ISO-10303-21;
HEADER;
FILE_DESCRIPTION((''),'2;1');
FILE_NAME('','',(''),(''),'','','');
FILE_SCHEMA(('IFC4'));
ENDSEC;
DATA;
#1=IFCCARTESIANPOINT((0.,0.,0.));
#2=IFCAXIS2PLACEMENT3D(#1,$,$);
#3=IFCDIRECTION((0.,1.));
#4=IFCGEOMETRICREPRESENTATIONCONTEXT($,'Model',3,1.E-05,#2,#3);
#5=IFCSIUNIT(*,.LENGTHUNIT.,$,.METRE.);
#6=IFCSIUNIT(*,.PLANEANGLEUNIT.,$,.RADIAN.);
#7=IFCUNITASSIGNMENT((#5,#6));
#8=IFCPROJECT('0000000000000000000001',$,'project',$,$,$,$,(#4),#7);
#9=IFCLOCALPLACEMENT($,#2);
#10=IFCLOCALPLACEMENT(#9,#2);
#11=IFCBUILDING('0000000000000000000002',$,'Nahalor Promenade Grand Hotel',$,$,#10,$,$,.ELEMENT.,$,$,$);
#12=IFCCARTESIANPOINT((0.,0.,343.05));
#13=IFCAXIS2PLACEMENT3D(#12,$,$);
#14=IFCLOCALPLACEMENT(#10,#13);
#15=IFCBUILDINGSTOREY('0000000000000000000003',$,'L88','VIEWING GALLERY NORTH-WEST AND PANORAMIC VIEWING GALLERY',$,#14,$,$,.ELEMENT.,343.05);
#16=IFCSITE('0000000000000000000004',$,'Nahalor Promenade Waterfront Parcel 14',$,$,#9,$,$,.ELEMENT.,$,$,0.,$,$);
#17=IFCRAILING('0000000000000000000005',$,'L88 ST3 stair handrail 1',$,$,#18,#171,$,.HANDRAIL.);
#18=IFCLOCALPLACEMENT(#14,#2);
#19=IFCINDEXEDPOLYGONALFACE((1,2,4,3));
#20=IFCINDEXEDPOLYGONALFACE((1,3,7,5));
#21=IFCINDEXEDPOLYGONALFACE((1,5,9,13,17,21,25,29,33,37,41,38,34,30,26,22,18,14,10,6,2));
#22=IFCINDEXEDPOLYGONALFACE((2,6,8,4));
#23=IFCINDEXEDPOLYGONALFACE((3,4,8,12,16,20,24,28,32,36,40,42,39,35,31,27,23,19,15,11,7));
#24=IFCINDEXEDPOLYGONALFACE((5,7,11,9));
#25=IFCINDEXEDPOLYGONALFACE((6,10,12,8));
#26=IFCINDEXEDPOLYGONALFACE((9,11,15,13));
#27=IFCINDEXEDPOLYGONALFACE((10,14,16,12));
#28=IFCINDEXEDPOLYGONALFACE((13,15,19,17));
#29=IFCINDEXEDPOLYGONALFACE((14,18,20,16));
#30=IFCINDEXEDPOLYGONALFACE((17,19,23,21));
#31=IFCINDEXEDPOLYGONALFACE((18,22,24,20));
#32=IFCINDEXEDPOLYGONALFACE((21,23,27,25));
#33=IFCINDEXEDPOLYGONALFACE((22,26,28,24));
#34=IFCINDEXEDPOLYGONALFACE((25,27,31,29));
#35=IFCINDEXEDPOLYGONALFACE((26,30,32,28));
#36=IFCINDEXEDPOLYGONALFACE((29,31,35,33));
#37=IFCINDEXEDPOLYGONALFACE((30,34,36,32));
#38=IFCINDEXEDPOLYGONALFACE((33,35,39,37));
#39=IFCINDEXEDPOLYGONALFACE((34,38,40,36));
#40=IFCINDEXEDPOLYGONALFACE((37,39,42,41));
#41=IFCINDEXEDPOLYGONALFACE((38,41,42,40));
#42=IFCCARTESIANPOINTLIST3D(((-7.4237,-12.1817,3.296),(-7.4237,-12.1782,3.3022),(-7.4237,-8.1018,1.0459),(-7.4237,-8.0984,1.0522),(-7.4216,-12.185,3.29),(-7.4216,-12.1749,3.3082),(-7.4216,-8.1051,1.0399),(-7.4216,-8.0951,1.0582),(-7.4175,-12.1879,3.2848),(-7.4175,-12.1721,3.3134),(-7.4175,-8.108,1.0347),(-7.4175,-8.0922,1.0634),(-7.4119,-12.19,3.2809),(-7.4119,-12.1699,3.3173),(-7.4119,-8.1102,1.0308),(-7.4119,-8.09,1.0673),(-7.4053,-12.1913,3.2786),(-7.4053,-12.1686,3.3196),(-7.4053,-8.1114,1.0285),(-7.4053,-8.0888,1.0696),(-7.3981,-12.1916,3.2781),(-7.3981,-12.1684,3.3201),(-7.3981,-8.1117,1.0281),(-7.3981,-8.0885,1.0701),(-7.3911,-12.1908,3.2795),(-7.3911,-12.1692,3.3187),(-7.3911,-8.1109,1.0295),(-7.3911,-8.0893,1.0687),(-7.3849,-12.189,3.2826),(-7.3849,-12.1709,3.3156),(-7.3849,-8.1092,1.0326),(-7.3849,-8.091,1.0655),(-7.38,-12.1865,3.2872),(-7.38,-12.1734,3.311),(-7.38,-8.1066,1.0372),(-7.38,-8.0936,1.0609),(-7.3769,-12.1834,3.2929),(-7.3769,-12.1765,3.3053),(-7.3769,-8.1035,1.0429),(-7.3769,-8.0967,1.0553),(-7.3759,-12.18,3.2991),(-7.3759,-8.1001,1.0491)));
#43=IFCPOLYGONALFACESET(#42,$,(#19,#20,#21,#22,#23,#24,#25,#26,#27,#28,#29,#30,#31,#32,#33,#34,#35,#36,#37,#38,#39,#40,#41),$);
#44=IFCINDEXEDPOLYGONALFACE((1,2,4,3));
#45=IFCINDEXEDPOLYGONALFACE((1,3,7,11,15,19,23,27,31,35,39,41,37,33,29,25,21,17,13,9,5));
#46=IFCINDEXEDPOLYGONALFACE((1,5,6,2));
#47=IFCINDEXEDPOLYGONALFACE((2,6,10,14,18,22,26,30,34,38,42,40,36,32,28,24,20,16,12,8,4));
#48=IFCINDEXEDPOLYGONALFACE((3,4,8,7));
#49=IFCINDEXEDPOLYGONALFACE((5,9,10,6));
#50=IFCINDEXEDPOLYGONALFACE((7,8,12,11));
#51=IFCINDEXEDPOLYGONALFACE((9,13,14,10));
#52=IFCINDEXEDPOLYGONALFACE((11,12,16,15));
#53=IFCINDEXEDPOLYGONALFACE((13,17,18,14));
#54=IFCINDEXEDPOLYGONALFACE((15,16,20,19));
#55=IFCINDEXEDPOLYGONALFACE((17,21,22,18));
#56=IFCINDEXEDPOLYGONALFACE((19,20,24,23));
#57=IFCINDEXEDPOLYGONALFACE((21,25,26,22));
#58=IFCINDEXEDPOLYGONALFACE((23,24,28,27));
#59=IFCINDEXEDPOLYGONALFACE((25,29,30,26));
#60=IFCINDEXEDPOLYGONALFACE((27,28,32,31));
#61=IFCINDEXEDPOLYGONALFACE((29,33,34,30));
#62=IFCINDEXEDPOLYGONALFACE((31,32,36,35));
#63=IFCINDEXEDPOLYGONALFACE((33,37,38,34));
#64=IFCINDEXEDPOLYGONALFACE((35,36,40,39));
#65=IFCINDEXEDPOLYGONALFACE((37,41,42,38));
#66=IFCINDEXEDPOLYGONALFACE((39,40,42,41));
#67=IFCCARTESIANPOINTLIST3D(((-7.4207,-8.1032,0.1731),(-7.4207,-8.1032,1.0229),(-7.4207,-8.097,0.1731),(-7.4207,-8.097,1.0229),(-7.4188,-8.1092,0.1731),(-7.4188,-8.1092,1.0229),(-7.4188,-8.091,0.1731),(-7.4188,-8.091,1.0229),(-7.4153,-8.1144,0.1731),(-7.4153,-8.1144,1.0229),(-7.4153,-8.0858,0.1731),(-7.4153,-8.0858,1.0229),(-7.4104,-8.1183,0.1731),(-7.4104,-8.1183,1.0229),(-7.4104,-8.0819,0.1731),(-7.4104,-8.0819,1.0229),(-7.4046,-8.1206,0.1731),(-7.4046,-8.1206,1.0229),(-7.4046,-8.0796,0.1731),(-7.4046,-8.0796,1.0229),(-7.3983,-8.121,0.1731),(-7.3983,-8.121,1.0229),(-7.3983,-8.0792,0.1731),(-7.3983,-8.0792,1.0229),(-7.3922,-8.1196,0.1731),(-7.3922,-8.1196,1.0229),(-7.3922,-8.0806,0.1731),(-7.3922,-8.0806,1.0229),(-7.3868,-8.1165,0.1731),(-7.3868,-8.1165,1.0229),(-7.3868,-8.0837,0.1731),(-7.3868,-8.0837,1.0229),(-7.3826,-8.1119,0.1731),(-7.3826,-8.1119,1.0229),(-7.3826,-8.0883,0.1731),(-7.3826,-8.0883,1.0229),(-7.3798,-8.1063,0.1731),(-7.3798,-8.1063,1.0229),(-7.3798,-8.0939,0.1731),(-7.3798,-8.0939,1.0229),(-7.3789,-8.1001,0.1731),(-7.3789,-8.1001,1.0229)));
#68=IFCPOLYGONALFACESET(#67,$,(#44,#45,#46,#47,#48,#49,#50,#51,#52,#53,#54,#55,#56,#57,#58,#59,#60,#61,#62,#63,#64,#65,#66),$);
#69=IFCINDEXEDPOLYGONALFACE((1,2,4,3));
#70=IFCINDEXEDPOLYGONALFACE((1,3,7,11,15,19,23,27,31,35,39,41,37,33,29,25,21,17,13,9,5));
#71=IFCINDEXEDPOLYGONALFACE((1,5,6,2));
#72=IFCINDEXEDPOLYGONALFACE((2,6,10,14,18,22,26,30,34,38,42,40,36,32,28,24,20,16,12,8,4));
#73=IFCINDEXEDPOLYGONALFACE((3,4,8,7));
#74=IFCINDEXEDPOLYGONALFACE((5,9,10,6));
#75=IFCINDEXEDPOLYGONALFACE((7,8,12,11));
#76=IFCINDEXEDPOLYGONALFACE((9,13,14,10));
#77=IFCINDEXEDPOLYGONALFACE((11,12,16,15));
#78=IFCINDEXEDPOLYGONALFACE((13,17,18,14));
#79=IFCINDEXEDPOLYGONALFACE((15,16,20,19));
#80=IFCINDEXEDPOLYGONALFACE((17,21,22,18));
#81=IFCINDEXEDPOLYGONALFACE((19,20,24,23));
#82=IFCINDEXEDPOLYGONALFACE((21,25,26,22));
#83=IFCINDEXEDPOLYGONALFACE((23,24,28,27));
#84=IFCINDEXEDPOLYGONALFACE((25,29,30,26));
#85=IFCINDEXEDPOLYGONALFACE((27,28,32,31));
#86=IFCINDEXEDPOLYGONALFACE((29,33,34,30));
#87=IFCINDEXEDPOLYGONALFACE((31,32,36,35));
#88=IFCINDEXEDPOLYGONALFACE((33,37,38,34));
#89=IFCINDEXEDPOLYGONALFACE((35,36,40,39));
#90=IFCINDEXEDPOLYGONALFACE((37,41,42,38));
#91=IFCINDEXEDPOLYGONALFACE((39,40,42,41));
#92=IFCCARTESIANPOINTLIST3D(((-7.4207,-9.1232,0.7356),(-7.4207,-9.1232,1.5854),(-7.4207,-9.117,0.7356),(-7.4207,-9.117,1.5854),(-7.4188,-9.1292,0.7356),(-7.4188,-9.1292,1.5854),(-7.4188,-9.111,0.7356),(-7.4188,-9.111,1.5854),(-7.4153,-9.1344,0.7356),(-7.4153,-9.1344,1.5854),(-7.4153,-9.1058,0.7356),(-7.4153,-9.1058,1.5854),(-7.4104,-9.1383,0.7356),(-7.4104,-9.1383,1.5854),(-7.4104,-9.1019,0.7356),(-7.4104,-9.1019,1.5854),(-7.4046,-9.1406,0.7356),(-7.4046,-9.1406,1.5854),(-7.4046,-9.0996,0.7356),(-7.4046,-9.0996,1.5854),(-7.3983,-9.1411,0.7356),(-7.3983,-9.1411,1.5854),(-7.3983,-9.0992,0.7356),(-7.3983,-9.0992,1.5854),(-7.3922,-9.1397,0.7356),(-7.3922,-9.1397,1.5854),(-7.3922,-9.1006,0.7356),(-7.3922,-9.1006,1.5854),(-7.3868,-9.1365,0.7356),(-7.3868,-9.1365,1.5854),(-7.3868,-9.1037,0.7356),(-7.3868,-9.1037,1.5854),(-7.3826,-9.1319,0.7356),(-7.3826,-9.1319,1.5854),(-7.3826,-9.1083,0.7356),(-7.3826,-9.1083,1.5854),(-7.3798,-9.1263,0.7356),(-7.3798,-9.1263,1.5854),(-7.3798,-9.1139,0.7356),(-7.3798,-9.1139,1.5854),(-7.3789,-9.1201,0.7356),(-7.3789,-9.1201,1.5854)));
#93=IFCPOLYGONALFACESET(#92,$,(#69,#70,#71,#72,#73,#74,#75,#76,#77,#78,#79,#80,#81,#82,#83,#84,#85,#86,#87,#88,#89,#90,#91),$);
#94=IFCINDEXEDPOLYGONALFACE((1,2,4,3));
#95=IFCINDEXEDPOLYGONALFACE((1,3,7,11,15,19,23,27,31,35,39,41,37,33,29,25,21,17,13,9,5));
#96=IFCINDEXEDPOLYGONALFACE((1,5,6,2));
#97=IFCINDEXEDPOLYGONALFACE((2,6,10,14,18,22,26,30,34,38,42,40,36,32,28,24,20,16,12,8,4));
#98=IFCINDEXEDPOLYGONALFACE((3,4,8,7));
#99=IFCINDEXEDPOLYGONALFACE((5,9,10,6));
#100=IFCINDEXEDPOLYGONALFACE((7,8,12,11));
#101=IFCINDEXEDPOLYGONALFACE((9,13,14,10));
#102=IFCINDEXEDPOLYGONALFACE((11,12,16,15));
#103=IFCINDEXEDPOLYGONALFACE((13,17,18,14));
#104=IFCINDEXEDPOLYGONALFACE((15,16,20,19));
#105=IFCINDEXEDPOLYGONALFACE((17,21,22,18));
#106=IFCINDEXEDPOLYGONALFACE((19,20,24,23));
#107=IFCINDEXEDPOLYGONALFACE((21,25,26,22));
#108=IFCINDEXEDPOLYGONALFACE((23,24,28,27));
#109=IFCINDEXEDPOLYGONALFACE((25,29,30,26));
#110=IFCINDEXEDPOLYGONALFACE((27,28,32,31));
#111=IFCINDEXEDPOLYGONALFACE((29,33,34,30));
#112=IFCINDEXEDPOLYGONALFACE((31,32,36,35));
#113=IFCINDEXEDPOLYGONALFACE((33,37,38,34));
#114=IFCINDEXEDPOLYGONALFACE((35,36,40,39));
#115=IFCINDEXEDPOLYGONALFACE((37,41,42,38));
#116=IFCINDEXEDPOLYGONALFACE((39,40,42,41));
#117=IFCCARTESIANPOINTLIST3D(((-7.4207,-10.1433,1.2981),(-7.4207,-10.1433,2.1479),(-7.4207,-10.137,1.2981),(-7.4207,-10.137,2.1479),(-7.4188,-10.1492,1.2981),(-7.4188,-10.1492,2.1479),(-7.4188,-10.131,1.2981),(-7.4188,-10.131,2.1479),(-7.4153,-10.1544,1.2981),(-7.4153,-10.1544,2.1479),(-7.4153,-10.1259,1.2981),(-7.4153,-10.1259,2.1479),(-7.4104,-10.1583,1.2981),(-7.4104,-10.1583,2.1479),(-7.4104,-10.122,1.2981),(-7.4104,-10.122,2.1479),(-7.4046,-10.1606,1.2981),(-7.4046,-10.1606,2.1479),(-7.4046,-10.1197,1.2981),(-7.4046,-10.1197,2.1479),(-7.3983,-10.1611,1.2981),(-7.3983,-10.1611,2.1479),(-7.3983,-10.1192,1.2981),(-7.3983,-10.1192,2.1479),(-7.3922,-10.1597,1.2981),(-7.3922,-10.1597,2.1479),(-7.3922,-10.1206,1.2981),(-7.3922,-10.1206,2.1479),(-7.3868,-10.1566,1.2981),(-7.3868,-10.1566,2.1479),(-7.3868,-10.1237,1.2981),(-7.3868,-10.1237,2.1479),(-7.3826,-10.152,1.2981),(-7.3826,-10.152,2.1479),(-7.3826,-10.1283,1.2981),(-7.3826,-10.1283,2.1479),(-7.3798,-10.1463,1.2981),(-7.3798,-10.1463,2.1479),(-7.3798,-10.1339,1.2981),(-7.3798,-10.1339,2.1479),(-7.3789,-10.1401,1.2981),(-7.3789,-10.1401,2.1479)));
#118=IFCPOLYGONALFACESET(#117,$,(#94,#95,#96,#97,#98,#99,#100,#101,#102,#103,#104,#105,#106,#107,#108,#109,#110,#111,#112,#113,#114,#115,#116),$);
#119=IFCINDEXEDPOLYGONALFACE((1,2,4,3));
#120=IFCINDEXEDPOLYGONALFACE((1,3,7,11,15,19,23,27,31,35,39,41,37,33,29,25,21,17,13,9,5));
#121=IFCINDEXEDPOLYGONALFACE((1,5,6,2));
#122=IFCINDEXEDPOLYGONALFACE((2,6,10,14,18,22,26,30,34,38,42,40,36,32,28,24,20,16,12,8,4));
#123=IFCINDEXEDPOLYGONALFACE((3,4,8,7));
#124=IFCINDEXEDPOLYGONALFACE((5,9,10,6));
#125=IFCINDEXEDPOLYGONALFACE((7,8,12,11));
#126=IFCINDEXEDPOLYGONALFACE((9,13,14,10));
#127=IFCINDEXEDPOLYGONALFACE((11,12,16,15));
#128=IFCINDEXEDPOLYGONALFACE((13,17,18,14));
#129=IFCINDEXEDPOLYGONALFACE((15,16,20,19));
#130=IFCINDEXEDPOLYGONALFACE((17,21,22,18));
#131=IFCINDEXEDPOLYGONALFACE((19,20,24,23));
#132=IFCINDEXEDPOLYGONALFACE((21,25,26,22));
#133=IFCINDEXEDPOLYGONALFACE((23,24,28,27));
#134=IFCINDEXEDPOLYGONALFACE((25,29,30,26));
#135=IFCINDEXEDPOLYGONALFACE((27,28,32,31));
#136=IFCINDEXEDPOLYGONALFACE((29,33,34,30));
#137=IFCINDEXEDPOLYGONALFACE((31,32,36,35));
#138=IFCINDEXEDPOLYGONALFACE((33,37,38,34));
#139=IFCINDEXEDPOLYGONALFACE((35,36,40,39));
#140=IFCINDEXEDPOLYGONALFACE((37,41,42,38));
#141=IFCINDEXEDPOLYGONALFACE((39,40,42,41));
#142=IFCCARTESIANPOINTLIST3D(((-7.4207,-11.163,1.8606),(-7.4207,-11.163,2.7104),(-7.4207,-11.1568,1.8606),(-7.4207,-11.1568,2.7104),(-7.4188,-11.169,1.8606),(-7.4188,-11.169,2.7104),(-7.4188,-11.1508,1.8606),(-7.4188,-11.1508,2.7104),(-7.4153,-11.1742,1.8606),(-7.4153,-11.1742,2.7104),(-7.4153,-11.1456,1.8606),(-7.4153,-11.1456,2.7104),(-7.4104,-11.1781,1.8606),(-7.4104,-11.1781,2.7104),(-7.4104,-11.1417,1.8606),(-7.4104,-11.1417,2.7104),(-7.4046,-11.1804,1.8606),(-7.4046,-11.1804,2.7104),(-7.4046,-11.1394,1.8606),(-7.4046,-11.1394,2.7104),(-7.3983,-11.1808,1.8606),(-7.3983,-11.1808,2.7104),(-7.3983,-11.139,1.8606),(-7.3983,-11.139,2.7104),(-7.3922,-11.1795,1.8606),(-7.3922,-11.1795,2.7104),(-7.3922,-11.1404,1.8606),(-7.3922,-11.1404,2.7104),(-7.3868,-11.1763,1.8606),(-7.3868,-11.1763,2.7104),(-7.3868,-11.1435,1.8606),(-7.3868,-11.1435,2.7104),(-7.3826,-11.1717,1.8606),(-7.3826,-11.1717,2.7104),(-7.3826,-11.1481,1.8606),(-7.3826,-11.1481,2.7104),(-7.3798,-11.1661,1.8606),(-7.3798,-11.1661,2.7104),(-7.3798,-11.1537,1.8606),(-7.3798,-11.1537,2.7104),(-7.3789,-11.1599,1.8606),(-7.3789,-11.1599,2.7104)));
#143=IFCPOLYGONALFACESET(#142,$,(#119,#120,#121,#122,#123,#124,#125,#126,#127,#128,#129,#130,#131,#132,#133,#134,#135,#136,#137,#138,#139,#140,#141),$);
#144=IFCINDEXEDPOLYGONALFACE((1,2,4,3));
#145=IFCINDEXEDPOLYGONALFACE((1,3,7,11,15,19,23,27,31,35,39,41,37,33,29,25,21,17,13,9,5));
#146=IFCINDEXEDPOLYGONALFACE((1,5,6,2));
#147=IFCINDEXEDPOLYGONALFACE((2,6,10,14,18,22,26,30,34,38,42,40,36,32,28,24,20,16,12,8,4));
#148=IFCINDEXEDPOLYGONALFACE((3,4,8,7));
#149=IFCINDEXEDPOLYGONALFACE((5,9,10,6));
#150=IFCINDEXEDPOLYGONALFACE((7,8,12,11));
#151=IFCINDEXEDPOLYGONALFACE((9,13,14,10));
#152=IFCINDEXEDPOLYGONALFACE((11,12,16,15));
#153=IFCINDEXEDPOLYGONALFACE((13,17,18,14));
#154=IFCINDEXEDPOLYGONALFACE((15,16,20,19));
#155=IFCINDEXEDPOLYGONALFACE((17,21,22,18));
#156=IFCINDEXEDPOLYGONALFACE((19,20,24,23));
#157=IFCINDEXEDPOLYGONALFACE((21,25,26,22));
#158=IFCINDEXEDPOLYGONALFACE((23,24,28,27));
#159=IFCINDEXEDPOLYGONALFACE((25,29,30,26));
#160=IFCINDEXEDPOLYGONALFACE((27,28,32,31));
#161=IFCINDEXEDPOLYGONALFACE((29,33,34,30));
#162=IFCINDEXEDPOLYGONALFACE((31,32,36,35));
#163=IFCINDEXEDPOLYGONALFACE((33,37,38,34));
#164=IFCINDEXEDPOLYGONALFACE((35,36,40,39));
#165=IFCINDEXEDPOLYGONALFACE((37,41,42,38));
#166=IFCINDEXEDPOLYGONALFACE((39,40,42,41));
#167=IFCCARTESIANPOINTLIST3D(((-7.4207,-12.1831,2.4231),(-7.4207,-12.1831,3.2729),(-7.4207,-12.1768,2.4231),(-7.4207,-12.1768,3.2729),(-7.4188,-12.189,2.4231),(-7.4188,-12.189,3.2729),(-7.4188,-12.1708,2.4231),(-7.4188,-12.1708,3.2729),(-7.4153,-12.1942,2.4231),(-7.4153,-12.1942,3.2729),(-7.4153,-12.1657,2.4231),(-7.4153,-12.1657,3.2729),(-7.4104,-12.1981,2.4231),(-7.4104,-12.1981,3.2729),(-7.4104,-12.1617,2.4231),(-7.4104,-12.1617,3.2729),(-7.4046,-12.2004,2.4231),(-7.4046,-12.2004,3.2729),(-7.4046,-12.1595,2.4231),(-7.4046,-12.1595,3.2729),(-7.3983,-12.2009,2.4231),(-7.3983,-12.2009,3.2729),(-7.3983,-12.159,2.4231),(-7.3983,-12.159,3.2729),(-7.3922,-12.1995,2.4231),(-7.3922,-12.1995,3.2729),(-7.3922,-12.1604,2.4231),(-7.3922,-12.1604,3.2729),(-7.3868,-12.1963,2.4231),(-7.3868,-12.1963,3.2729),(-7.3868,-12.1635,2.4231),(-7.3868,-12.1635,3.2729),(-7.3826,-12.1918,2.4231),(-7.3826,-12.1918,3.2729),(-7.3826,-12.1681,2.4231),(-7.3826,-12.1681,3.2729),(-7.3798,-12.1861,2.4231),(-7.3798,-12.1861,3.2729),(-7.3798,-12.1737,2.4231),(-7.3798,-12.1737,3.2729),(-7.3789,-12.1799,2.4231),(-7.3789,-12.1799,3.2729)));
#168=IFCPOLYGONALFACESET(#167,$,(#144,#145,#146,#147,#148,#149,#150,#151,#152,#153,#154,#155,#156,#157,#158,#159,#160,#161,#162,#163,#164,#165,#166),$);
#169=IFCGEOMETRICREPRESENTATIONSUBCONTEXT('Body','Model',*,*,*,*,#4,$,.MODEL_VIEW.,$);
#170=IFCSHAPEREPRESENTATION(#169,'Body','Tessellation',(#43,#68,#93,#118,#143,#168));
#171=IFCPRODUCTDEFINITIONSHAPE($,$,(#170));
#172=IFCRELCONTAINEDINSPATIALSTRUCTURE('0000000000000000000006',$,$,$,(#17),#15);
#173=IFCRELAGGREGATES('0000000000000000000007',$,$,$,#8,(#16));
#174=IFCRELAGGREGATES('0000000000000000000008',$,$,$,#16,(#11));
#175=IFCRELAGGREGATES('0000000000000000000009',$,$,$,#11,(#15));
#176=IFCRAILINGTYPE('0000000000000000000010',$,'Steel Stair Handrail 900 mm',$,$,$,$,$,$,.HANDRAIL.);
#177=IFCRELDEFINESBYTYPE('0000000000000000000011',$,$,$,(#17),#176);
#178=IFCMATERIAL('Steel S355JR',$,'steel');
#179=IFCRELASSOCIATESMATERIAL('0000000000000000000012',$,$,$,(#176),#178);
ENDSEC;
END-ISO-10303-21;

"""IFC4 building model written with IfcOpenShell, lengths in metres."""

from ifc_helpers import new_model, si_unit, direction, frame, origin, origin_2d, place, context, subcontext, project, spatial, circle, extrude, material, type_object, element, save


model = new_model("IFC4")

# Units and contexts
model_context = context("Model", 3, precision=1e-05, world=origin(), true_north=direction((0.0, 1.0)))
body_context = subcontext(model_context, "Body", "Model", "MODEL_VIEW")
ifc_project = project(units=[si_unit("LENGTHUNIT", "METRE"), si_unit("PLANEANGLEUNIT", "RADIAN")], contexts=[model_context])

# Site, building, storey
site_placement = place(None, origin())
site = spatial("IfcSite", under=ifc_project, at=site_placement, Name="Nahalor Promenade Waterfront Parcel 14", CompositionType="ELEMENT", RefElevation=0.0)
building_placement = place(site_placement, origin())
building = spatial("IfcBuilding", under=site, at=building_placement, Name="Nahalor Promenade Grand Hotel", CompositionType="ELEMENT")
storey_placement = place(building_placement, frame((0.0, 0.0, 343.05)))
storey = spatial("IfcBuildingStorey", under=building, at=storey_placement, Name="L88", Description="VIEWING GALLERY NORTH-WEST AND PANORAMIC VIEWING GALLERY", CompositionType="ELEMENT", Elevation=343.05)

# Shared definitions
ifc_material_1 = material(Name="Steel S355JR", Category="steel")

# Railing
railing_type_1 = type_object("IfcRailingType", Name="Steel Stair Handrail 900 mm", PredefinedType="HANDRAIL", material=ifc_material_1)
railing_1_placement = place(storey_placement, frame((-7.3999, -8.1001, 0.1731)))
element("IfcRailing", 1, at=railing_1_placement, inside=storey, type_object=railing_type_1, Name="L88 ST3 stair handrail 1", PredefinedType="HANDRAIL", context=body_context, shape_type="SweptSolid", body=[
    extrude(circle(Radius=0.024, at=origin_2d()), frame((0.0, 0.0, 0.876), z_axis=(0.0, -0.875663, 0.482922), x_axis=(1.0, 0.0, 0.0)), (0.0, 0.0, 1.0), 4.6592),
    extrude(circle(Radius=0.021, at=origin_2d()), origin(), (0.0, 0.0, 1.0), 0.8499),
    extrude(circle(Radius=0.021, at=origin_2d()), frame((0.0, -1.02, 0.5625)), (0.0, 0.0, 1.0), 0.8499),
    extrude(circle(Radius=0.021, at=origin_2d()), frame((0.0, -2.04, 1.125)), (0.0, 0.0, 1.0), 0.8499),
    extrude(circle(Radius=0.021, at=origin_2d()), frame((0.0, -3.0598, 1.6875)), (0.0, 0.0, 1.0), 0.8499),
    extrude(circle(Radius=0.021, at=origin_2d()), frame((0.0, -4.0798, 2.25)), (0.0, 0.0, 1.0), 0.8499),
])

save(model, "model.ifc")
